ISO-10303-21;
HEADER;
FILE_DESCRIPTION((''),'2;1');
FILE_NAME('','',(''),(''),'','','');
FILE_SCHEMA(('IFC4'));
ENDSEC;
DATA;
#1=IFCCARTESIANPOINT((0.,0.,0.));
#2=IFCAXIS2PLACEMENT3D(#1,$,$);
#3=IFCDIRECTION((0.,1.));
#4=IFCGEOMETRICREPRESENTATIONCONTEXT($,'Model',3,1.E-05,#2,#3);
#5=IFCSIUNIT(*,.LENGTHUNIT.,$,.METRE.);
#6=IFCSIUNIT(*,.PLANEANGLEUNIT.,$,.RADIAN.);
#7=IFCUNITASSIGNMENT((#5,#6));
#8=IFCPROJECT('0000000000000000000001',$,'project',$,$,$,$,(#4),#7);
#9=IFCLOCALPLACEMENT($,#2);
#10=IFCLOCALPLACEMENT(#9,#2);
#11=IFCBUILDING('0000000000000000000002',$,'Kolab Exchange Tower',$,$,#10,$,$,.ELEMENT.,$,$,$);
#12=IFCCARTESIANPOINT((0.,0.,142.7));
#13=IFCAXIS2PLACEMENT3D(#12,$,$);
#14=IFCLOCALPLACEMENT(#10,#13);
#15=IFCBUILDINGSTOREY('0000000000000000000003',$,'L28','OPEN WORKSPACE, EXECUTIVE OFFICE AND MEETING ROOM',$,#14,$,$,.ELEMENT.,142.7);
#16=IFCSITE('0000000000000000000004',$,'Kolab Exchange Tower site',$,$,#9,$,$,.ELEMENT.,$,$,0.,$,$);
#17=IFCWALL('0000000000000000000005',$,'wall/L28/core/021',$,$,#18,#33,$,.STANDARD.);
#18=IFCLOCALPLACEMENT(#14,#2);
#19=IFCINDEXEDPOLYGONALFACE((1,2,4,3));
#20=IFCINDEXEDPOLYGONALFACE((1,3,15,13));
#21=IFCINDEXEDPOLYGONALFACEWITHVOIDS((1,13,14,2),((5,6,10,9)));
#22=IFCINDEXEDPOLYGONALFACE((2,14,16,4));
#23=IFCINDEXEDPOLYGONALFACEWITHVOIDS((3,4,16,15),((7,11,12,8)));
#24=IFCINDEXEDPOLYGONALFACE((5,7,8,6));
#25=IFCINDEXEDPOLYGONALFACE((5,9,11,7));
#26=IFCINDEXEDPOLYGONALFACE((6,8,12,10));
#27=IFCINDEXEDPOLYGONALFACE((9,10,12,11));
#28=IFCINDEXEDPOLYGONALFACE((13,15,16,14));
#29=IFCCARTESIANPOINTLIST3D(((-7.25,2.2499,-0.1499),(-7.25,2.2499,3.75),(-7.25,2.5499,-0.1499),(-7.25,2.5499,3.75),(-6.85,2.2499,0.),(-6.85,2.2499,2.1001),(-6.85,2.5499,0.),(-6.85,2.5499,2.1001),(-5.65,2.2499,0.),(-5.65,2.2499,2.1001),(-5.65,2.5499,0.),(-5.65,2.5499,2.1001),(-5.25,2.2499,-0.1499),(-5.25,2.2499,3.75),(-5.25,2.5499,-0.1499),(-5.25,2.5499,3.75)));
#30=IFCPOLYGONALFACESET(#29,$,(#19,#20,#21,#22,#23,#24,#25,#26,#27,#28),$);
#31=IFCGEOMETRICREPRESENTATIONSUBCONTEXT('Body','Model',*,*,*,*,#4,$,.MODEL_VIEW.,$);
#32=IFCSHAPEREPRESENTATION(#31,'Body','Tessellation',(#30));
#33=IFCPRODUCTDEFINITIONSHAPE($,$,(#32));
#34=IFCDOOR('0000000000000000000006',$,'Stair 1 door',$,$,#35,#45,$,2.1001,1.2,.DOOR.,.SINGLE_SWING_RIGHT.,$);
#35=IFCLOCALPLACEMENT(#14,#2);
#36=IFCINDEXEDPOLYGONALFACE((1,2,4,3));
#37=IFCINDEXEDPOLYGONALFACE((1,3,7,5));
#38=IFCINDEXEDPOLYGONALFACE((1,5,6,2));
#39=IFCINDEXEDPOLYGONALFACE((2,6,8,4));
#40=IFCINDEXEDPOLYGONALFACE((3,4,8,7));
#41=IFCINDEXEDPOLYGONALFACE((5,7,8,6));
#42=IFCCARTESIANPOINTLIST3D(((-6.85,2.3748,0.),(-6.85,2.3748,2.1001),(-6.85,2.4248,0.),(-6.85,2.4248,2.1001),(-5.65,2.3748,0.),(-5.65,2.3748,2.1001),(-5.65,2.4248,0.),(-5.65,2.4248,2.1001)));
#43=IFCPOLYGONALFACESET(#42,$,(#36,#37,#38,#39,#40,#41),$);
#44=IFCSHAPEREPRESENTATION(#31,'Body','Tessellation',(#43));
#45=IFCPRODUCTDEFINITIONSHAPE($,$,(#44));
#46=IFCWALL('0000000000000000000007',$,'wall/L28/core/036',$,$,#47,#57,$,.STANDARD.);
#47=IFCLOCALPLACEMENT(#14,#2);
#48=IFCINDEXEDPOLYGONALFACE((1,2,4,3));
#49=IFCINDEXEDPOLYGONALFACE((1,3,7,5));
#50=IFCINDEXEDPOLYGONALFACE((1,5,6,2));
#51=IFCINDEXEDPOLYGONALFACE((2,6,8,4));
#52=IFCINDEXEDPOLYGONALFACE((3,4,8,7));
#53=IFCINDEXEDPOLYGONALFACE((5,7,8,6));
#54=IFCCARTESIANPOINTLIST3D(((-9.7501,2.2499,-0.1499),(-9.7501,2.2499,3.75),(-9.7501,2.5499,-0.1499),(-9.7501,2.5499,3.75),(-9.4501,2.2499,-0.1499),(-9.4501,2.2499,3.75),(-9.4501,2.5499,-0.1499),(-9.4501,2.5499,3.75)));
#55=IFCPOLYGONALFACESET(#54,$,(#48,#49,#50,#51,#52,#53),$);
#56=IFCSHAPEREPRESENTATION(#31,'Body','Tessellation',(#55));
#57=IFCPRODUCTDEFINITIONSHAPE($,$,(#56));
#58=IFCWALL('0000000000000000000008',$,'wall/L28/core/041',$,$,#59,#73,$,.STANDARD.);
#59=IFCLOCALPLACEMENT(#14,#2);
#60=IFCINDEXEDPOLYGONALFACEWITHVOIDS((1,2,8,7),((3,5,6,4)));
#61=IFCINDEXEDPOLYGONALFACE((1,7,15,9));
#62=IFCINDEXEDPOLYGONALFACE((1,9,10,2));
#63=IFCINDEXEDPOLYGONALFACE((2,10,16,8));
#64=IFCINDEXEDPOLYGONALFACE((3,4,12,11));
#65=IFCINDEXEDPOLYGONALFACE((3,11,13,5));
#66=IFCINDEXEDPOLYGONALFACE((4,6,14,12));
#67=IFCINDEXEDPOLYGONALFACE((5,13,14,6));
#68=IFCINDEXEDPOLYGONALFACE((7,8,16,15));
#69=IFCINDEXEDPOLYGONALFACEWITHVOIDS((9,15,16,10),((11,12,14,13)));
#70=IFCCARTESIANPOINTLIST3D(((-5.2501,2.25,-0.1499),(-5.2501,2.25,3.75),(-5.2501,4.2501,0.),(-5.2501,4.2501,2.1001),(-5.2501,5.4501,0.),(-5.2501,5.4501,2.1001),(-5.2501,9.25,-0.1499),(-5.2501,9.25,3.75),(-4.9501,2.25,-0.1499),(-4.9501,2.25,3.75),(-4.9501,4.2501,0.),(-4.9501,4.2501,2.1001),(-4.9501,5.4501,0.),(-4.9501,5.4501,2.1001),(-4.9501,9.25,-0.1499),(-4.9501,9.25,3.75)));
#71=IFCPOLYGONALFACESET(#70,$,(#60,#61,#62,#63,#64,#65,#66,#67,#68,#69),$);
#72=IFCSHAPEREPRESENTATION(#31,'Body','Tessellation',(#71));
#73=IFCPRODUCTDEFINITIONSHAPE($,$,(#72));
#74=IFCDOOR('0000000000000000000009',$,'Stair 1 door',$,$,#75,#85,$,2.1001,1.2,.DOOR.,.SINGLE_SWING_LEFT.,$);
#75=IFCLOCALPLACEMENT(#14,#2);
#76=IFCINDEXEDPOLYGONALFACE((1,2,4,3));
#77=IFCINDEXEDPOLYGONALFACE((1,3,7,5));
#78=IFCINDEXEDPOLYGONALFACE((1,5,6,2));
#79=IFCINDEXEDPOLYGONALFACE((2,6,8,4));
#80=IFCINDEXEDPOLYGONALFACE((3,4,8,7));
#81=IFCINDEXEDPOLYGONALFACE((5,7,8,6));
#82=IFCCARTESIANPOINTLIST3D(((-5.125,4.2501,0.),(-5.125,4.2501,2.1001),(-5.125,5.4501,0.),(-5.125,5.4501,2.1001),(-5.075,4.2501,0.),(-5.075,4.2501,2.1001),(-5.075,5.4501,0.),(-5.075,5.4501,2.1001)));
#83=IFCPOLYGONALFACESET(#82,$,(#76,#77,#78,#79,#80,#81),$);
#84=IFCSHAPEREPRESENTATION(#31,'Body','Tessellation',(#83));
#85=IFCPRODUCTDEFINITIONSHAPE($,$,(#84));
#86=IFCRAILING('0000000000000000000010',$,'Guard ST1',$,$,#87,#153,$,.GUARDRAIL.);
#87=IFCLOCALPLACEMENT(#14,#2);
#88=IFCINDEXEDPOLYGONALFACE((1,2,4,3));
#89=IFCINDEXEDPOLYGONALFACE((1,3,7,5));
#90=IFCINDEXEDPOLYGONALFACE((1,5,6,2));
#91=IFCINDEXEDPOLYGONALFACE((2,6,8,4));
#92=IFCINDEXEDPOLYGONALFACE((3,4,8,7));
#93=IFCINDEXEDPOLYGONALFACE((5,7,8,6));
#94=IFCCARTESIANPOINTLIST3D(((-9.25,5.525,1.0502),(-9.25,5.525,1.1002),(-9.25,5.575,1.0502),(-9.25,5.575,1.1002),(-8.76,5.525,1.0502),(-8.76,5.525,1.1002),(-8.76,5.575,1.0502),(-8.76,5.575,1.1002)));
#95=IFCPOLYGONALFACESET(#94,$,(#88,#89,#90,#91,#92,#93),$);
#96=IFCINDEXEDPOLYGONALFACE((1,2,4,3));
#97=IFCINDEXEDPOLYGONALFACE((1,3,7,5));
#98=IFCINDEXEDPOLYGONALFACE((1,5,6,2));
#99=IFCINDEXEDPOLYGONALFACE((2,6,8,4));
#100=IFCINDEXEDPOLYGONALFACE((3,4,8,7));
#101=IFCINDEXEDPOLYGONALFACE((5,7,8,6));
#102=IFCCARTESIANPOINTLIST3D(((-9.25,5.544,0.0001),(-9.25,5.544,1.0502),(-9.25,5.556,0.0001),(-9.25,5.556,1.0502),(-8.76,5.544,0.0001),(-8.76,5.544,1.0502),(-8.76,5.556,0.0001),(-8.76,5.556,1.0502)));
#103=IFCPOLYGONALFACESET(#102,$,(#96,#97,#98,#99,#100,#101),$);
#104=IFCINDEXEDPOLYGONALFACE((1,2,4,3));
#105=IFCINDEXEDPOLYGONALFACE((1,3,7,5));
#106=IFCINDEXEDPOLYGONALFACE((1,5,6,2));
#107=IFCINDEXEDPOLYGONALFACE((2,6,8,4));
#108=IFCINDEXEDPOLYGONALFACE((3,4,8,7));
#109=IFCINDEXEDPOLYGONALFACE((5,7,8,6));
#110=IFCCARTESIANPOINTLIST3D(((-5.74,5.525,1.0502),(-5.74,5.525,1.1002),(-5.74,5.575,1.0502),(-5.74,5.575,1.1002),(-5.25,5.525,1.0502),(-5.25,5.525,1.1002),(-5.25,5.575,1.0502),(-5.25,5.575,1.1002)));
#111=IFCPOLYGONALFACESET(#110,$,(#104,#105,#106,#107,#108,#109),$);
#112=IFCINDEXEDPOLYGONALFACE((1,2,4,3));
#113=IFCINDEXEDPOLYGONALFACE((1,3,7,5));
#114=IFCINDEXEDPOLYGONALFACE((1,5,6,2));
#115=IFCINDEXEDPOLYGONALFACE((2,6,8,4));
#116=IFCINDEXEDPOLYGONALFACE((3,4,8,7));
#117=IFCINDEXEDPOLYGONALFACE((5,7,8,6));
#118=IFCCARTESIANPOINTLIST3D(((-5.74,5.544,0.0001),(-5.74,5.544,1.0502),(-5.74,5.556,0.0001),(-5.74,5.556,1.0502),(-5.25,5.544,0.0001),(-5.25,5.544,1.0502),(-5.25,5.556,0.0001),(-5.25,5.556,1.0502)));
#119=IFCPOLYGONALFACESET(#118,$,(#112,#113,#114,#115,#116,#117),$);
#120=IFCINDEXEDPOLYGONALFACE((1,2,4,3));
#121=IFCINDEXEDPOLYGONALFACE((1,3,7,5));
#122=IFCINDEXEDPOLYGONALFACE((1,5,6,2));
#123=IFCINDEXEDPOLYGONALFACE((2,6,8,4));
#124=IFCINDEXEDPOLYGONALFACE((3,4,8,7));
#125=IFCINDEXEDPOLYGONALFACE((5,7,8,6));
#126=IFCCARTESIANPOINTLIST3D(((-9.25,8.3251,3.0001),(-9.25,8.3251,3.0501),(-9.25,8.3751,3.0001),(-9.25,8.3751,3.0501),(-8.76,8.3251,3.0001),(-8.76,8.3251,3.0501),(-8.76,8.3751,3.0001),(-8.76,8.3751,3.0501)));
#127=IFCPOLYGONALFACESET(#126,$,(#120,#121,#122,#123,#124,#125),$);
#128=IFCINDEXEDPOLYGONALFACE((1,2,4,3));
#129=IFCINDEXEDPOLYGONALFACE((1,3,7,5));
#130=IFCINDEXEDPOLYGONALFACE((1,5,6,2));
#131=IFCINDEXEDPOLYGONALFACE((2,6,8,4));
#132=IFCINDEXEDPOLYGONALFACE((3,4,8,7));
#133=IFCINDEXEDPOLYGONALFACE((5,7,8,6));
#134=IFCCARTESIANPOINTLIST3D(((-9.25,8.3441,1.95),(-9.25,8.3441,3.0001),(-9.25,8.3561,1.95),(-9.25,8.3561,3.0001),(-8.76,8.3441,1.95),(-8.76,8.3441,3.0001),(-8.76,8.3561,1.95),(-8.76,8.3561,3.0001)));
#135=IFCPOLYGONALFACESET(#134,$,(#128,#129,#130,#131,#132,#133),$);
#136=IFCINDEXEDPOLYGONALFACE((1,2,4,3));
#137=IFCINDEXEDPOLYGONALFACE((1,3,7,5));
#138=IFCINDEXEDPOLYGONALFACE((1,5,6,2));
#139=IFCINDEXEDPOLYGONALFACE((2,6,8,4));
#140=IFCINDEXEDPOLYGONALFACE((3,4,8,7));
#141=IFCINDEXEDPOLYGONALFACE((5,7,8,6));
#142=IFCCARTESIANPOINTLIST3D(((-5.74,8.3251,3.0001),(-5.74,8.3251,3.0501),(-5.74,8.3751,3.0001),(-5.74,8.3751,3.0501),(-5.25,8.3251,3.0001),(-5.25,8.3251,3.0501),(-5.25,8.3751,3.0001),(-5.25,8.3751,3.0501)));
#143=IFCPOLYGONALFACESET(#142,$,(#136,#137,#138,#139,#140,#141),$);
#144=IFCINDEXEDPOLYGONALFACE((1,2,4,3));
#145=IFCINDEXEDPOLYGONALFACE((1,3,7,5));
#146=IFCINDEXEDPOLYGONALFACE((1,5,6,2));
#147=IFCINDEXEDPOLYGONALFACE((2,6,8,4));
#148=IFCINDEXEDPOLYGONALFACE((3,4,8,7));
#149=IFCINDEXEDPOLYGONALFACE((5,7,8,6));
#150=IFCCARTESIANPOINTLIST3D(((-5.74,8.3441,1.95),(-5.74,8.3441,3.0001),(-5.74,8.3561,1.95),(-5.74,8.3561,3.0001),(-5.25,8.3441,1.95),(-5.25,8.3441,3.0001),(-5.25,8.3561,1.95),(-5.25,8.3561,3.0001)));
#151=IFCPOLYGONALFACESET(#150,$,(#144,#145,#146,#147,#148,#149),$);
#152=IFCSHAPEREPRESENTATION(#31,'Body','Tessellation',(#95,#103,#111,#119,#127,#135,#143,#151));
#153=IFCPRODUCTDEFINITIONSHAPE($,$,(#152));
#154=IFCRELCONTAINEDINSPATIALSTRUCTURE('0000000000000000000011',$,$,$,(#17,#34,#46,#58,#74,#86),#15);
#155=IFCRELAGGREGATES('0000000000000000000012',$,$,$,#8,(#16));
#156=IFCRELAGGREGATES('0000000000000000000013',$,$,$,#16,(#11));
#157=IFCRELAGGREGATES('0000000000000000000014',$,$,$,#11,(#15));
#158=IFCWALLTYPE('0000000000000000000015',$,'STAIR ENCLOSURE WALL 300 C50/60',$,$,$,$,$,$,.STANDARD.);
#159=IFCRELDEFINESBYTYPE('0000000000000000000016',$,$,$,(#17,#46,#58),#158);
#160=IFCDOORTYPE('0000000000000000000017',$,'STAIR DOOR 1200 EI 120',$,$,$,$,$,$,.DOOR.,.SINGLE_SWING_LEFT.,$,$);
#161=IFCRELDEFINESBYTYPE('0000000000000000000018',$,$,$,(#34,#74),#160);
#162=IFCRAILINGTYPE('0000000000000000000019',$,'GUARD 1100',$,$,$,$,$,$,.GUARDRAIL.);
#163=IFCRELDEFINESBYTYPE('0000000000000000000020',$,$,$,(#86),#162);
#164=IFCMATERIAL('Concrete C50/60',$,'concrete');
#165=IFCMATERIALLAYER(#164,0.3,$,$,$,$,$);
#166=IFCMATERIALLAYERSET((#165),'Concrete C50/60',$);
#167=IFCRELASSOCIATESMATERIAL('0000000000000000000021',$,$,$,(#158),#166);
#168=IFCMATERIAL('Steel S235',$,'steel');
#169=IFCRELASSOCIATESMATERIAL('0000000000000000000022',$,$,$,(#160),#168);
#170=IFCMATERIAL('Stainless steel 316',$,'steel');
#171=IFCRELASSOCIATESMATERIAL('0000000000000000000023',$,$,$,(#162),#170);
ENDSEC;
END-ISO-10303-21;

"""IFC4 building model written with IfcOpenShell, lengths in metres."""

from ifc_helpers import new_model, si_unit, direction, frame, frame_2d, origin, origin_2d, place, context, subcontext, project, spatial, rectangle, extrude, material, layer, layer_set, type_object, element, fill, save


model = new_model("IFC4")

# Units and contexts
model_context = context("Model", 3, precision=1e-05, world=origin(), true_north=direction((0.0, 1.0)))
body_context = subcontext(model_context, "Body", "Model", "MODEL_VIEW")
ifc_project = project(units=[si_unit("LENGTHUNIT", "METRE"), si_unit("PLANEANGLEUNIT", "RADIAN")], contexts=[model_context])

# Site, building, storey
site_placement = place(None, origin())
site = spatial("IfcSite", under=ifc_project, at=site_placement, Name="Kolab Exchange Tower site", CompositionType="ELEMENT", RefElevation=0.0)
building_placement = place(site_placement, origin())
building = spatial("IfcBuilding", under=site, at=building_placement, Name="Kolab Exchange Tower", CompositionType="ELEMENT")
storey_placement = place(building_placement, frame((0.0, 0.0, 142.7)))
storey = spatial("IfcBuildingStorey", under=building, at=storey_placement, Name="L28", Description="OPEN WORKSPACE, EXECUTIVE OFFICE AND MEETING ROOM", CompositionType="ELEMENT", Elevation=142.7)

# Shared definitions
ifc_material_1 = material(Name="Concrete C50/60", Category="concrete")

# Shared definitions
ifc_material_2 = material(Name="Stainless steel 316", Category="steel")
ifc_material_3 = material(Name="Steel S235", Category="steel")

# Shared definitions
ifc_layer_1 = layer(ifc_material_1, 0.3)
ifc_layer_set_1 = layer_set([ifc_layer_1], Name="Concrete C50/60")
wall_type_1 = type_object("IfcWallType", Name="STAIR ENCLOSURE WALL 300 C50/60", PredefinedType="STANDARD", material=ifc_layer_set_1)

# Wall, opening, door
wall_1_placement = place(storey_placement, frame((-7.25, 2.3999, -0.1499), z_axis=(0.0, 0.0, 1.0), x_axis=(1.0, 0.0, 0.0)))
wall_1 = element("IfcWall", 1, at=wall_1_placement, inside=storey, type_object=wall_type_1, Name="wall/L28/core/021", PredefinedType="STANDARD", context=body_context, shape_type="SweptSolid", body=[
    extrude(rectangle(XDim=2.0, YDim=0.3, at=frame_2d((1.0, 0.0))), origin(), (0.0, 0.0, 1.0), 3.8999),
])
opening_1_placement = place(wall_1_placement, frame((0.3999, 0.0, 0.1499)))
opening_1 = element("IfcOpeningElement", 2, at=opening_1_placement, cuts=wall_1, PredefinedType="OPENING", context=body_context, shape_type="SweptSolid", body=[
    extrude(rectangle(XDim=1.2, YDim=2.1001, at=frame_2d((0.6001, 1.05))), frame((0.0, 0.1602, 0.0), z_axis=(0.0, -1.0, 0.0), x_axis=(1.0, 0.0, 0.0)), (0.0, 0.0, 1.0), 0.3201),
])
door_type_1 = type_object("IfcDoorType", Name="STAIR DOOR 1200 EI 120", OperationType="SINGLE_SWING_LEFT", PredefinedType="DOOR", material=ifc_material_3)
door_1_placement = place(opening_1_placement, origin())
door_1 = element("IfcDoor", 3, at=door_1_placement, inside=storey, type_object=door_type_1, Name="Stair 1 door", OperationType="SINGLE_SWING_RIGHT", OverallHeight=2.1001, OverallWidth=1.2, PredefinedType="DOOR", context=body_context, shape_type="SweptSolid", body=[
    extrude(rectangle(XDim=1.2, YDim=2.1001, at=frame_2d((0.6001, 1.05))), frame((0.0, 0.0249, 0.0), z_axis=(0.0, -1.0, 0.0), x_axis=(1.0, 0.0, 0.0)), (0.0, 0.0, 1.0), 0.05),
])
fill(opening_1, door_1)

# Wall
wall_2_placement = place(storey_placement, frame((-9.6001, 2.25, -0.1499), z_axis=(0.0, 0.0, 1.0), x_axis=(0.0, 1.0, 0.0)))
element("IfcWall", 4, at=wall_2_placement, inside=storey, type_object=wall_type_1, Name="wall/L28/core/036", PredefinedType="STANDARD", context=body_context, shape_type="SweptSolid", body=[
    extrude(rectangle(XDim=0.3, YDim=0.3, at=frame_2d((0.1499, 0.0))), origin(), (0.0, 0.0, 1.0), 3.8999),
])

# Wall, opening, door
wall_3_placement = place(storey_placement, frame((-5.1001, 2.25, -0.1499), z_axis=(0.0, 0.0, 1.0), x_axis=(0.0, 1.0, 0.0)))
wall_3 = element("IfcWall", 5, at=wall_3_placement, inside=storey, type_object=wall_type_1, Name="wall/L28/core/041", PredefinedType="STANDARD", context=body_context, shape_type="SweptSolid", body=[
    extrude(rectangle(XDim=7.0, YDim=0.3, at=frame_2d((3.5, 0.0))), origin(), (0.0, 0.0, 1.0), 3.8999),
])
opening_2_placement = place(wall_3_placement, frame((2.0, 0.0, 0.1499)))
opening_2 = element("IfcOpeningElement", 6, at=opening_2_placement, cuts=wall_3, PredefinedType="OPENING", context=body_context, shape_type="SweptSolid", body=[
    extrude(rectangle(XDim=1.2, YDim=2.1001, at=frame_2d((0.6001, 1.05))), frame((0.0, 0.1602, 0.0), z_axis=(0.0, -1.0, 0.0), x_axis=(1.0, 0.0, 0.0)), (0.0, 0.0, 1.0), 0.3201),
])
door_2_placement = place(opening_2_placement, origin())
door_2 = element("IfcDoor", 7, at=door_2_placement, inside=storey, type_object=door_type_1, Name="Stair 1 door", OperationType="SINGLE_SWING_LEFT", OverallHeight=2.1001, OverallWidth=1.2, PredefinedType="DOOR", context=body_context, shape_type="SweptSolid", body=[
    extrude(rectangle(XDim=1.2, YDim=2.1001, at=frame_2d((0.6001, 1.05))), frame((0.0, 0.0249, 0.0), z_axis=(0.0, -1.0, 0.0), x_axis=(1.0, 0.0, 0.0)), (0.0, 0.0, 1.0), 0.05),
])
fill(opening_2, door_2)

# Railing
railing_type = type_object("IfcRailingType", Name="GUARD 1100", PredefinedType="GUARDRAIL", material=ifc_material_2)
railing_placement = place(storey_placement, frame((-9.25, 5.55, 0.0)))
element("IfcRailing", 8, at=railing_placement, inside=storey, type_object=railing_type, Name="Guard ST1", PredefinedType="GUARDRAIL", context=body_context, shape_type="SweptSolid", body=[
    extrude(rectangle(XDim=0.05, YDim=0.05, at=origin_2d()), frame((0.0, 0.0, 1.0752), z_axis=(1.0, 0.0, 0.0), x_axis=(0.0, 1.0, 0.0)), (0.0, 0.0, 1.0), 0.49),
    extrude(rectangle(XDim=0.012, YDim=1.0501, at=frame_2d((0.0, 0.5251))), frame((0.0, 0.0, 0.0), z_axis=(1.0, 0.0, 0.0), x_axis=(0.0, 1.0, 0.0)), (0.0, 0.0, 1.0), 0.49),
    extrude(rectangle(XDim=0.05, YDim=0.05, at=origin_2d()), frame((3.51, 0.0, 1.0752), z_axis=(1.0, 0.0, 0.0), x_axis=(0.0, 1.0, 0.0)), (0.0, 0.0, 1.0), 0.49),
    extrude(rectangle(XDim=0.012, YDim=1.0501, at=frame_2d((0.0, 0.5251))), frame((3.51, 0.0, 0.0), z_axis=(1.0, 0.0, 0.0), x_axis=(0.0, 1.0, 0.0)), (0.0, 0.0, 1.0), 0.49),
    extrude(rectangle(XDim=0.05, YDim=0.05, at=origin_2d()), frame((0.0, 2.8, 3.0251), z_axis=(1.0, 0.0, 0.0), x_axis=(0.0, 1.0, 0.0)), (0.0, 0.0, 1.0), 0.49),
    extrude(rectangle(XDim=0.012, YDim=1.0501, at=frame_2d((0.0, 0.5251))), frame((0.0, 2.8, 1.95), z_axis=(1.0, 0.0, 0.0), x_axis=(0.0, 1.0, 0.0)), (0.0, 0.0, 1.0), 0.49),
    extrude(rectangle(XDim=0.05, YDim=0.05, at=origin_2d()), frame((3.51, 2.8, 3.0251), z_axis=(1.0, 0.0, 0.0), x_axis=(0.0, 1.0, 0.0)), (0.0, 0.0, 1.0), 0.49),
    extrude(rectangle(XDim=0.012, YDim=1.0501, at=frame_2d((0.0, 0.5251))), frame((3.51, 2.8, 1.95), z_axis=(1.0, 0.0, 0.0), x_axis=(0.0, 1.0, 0.0)), (0.0, 0.0, 1.0), 0.49),
])

save(model, "model.ifc")
